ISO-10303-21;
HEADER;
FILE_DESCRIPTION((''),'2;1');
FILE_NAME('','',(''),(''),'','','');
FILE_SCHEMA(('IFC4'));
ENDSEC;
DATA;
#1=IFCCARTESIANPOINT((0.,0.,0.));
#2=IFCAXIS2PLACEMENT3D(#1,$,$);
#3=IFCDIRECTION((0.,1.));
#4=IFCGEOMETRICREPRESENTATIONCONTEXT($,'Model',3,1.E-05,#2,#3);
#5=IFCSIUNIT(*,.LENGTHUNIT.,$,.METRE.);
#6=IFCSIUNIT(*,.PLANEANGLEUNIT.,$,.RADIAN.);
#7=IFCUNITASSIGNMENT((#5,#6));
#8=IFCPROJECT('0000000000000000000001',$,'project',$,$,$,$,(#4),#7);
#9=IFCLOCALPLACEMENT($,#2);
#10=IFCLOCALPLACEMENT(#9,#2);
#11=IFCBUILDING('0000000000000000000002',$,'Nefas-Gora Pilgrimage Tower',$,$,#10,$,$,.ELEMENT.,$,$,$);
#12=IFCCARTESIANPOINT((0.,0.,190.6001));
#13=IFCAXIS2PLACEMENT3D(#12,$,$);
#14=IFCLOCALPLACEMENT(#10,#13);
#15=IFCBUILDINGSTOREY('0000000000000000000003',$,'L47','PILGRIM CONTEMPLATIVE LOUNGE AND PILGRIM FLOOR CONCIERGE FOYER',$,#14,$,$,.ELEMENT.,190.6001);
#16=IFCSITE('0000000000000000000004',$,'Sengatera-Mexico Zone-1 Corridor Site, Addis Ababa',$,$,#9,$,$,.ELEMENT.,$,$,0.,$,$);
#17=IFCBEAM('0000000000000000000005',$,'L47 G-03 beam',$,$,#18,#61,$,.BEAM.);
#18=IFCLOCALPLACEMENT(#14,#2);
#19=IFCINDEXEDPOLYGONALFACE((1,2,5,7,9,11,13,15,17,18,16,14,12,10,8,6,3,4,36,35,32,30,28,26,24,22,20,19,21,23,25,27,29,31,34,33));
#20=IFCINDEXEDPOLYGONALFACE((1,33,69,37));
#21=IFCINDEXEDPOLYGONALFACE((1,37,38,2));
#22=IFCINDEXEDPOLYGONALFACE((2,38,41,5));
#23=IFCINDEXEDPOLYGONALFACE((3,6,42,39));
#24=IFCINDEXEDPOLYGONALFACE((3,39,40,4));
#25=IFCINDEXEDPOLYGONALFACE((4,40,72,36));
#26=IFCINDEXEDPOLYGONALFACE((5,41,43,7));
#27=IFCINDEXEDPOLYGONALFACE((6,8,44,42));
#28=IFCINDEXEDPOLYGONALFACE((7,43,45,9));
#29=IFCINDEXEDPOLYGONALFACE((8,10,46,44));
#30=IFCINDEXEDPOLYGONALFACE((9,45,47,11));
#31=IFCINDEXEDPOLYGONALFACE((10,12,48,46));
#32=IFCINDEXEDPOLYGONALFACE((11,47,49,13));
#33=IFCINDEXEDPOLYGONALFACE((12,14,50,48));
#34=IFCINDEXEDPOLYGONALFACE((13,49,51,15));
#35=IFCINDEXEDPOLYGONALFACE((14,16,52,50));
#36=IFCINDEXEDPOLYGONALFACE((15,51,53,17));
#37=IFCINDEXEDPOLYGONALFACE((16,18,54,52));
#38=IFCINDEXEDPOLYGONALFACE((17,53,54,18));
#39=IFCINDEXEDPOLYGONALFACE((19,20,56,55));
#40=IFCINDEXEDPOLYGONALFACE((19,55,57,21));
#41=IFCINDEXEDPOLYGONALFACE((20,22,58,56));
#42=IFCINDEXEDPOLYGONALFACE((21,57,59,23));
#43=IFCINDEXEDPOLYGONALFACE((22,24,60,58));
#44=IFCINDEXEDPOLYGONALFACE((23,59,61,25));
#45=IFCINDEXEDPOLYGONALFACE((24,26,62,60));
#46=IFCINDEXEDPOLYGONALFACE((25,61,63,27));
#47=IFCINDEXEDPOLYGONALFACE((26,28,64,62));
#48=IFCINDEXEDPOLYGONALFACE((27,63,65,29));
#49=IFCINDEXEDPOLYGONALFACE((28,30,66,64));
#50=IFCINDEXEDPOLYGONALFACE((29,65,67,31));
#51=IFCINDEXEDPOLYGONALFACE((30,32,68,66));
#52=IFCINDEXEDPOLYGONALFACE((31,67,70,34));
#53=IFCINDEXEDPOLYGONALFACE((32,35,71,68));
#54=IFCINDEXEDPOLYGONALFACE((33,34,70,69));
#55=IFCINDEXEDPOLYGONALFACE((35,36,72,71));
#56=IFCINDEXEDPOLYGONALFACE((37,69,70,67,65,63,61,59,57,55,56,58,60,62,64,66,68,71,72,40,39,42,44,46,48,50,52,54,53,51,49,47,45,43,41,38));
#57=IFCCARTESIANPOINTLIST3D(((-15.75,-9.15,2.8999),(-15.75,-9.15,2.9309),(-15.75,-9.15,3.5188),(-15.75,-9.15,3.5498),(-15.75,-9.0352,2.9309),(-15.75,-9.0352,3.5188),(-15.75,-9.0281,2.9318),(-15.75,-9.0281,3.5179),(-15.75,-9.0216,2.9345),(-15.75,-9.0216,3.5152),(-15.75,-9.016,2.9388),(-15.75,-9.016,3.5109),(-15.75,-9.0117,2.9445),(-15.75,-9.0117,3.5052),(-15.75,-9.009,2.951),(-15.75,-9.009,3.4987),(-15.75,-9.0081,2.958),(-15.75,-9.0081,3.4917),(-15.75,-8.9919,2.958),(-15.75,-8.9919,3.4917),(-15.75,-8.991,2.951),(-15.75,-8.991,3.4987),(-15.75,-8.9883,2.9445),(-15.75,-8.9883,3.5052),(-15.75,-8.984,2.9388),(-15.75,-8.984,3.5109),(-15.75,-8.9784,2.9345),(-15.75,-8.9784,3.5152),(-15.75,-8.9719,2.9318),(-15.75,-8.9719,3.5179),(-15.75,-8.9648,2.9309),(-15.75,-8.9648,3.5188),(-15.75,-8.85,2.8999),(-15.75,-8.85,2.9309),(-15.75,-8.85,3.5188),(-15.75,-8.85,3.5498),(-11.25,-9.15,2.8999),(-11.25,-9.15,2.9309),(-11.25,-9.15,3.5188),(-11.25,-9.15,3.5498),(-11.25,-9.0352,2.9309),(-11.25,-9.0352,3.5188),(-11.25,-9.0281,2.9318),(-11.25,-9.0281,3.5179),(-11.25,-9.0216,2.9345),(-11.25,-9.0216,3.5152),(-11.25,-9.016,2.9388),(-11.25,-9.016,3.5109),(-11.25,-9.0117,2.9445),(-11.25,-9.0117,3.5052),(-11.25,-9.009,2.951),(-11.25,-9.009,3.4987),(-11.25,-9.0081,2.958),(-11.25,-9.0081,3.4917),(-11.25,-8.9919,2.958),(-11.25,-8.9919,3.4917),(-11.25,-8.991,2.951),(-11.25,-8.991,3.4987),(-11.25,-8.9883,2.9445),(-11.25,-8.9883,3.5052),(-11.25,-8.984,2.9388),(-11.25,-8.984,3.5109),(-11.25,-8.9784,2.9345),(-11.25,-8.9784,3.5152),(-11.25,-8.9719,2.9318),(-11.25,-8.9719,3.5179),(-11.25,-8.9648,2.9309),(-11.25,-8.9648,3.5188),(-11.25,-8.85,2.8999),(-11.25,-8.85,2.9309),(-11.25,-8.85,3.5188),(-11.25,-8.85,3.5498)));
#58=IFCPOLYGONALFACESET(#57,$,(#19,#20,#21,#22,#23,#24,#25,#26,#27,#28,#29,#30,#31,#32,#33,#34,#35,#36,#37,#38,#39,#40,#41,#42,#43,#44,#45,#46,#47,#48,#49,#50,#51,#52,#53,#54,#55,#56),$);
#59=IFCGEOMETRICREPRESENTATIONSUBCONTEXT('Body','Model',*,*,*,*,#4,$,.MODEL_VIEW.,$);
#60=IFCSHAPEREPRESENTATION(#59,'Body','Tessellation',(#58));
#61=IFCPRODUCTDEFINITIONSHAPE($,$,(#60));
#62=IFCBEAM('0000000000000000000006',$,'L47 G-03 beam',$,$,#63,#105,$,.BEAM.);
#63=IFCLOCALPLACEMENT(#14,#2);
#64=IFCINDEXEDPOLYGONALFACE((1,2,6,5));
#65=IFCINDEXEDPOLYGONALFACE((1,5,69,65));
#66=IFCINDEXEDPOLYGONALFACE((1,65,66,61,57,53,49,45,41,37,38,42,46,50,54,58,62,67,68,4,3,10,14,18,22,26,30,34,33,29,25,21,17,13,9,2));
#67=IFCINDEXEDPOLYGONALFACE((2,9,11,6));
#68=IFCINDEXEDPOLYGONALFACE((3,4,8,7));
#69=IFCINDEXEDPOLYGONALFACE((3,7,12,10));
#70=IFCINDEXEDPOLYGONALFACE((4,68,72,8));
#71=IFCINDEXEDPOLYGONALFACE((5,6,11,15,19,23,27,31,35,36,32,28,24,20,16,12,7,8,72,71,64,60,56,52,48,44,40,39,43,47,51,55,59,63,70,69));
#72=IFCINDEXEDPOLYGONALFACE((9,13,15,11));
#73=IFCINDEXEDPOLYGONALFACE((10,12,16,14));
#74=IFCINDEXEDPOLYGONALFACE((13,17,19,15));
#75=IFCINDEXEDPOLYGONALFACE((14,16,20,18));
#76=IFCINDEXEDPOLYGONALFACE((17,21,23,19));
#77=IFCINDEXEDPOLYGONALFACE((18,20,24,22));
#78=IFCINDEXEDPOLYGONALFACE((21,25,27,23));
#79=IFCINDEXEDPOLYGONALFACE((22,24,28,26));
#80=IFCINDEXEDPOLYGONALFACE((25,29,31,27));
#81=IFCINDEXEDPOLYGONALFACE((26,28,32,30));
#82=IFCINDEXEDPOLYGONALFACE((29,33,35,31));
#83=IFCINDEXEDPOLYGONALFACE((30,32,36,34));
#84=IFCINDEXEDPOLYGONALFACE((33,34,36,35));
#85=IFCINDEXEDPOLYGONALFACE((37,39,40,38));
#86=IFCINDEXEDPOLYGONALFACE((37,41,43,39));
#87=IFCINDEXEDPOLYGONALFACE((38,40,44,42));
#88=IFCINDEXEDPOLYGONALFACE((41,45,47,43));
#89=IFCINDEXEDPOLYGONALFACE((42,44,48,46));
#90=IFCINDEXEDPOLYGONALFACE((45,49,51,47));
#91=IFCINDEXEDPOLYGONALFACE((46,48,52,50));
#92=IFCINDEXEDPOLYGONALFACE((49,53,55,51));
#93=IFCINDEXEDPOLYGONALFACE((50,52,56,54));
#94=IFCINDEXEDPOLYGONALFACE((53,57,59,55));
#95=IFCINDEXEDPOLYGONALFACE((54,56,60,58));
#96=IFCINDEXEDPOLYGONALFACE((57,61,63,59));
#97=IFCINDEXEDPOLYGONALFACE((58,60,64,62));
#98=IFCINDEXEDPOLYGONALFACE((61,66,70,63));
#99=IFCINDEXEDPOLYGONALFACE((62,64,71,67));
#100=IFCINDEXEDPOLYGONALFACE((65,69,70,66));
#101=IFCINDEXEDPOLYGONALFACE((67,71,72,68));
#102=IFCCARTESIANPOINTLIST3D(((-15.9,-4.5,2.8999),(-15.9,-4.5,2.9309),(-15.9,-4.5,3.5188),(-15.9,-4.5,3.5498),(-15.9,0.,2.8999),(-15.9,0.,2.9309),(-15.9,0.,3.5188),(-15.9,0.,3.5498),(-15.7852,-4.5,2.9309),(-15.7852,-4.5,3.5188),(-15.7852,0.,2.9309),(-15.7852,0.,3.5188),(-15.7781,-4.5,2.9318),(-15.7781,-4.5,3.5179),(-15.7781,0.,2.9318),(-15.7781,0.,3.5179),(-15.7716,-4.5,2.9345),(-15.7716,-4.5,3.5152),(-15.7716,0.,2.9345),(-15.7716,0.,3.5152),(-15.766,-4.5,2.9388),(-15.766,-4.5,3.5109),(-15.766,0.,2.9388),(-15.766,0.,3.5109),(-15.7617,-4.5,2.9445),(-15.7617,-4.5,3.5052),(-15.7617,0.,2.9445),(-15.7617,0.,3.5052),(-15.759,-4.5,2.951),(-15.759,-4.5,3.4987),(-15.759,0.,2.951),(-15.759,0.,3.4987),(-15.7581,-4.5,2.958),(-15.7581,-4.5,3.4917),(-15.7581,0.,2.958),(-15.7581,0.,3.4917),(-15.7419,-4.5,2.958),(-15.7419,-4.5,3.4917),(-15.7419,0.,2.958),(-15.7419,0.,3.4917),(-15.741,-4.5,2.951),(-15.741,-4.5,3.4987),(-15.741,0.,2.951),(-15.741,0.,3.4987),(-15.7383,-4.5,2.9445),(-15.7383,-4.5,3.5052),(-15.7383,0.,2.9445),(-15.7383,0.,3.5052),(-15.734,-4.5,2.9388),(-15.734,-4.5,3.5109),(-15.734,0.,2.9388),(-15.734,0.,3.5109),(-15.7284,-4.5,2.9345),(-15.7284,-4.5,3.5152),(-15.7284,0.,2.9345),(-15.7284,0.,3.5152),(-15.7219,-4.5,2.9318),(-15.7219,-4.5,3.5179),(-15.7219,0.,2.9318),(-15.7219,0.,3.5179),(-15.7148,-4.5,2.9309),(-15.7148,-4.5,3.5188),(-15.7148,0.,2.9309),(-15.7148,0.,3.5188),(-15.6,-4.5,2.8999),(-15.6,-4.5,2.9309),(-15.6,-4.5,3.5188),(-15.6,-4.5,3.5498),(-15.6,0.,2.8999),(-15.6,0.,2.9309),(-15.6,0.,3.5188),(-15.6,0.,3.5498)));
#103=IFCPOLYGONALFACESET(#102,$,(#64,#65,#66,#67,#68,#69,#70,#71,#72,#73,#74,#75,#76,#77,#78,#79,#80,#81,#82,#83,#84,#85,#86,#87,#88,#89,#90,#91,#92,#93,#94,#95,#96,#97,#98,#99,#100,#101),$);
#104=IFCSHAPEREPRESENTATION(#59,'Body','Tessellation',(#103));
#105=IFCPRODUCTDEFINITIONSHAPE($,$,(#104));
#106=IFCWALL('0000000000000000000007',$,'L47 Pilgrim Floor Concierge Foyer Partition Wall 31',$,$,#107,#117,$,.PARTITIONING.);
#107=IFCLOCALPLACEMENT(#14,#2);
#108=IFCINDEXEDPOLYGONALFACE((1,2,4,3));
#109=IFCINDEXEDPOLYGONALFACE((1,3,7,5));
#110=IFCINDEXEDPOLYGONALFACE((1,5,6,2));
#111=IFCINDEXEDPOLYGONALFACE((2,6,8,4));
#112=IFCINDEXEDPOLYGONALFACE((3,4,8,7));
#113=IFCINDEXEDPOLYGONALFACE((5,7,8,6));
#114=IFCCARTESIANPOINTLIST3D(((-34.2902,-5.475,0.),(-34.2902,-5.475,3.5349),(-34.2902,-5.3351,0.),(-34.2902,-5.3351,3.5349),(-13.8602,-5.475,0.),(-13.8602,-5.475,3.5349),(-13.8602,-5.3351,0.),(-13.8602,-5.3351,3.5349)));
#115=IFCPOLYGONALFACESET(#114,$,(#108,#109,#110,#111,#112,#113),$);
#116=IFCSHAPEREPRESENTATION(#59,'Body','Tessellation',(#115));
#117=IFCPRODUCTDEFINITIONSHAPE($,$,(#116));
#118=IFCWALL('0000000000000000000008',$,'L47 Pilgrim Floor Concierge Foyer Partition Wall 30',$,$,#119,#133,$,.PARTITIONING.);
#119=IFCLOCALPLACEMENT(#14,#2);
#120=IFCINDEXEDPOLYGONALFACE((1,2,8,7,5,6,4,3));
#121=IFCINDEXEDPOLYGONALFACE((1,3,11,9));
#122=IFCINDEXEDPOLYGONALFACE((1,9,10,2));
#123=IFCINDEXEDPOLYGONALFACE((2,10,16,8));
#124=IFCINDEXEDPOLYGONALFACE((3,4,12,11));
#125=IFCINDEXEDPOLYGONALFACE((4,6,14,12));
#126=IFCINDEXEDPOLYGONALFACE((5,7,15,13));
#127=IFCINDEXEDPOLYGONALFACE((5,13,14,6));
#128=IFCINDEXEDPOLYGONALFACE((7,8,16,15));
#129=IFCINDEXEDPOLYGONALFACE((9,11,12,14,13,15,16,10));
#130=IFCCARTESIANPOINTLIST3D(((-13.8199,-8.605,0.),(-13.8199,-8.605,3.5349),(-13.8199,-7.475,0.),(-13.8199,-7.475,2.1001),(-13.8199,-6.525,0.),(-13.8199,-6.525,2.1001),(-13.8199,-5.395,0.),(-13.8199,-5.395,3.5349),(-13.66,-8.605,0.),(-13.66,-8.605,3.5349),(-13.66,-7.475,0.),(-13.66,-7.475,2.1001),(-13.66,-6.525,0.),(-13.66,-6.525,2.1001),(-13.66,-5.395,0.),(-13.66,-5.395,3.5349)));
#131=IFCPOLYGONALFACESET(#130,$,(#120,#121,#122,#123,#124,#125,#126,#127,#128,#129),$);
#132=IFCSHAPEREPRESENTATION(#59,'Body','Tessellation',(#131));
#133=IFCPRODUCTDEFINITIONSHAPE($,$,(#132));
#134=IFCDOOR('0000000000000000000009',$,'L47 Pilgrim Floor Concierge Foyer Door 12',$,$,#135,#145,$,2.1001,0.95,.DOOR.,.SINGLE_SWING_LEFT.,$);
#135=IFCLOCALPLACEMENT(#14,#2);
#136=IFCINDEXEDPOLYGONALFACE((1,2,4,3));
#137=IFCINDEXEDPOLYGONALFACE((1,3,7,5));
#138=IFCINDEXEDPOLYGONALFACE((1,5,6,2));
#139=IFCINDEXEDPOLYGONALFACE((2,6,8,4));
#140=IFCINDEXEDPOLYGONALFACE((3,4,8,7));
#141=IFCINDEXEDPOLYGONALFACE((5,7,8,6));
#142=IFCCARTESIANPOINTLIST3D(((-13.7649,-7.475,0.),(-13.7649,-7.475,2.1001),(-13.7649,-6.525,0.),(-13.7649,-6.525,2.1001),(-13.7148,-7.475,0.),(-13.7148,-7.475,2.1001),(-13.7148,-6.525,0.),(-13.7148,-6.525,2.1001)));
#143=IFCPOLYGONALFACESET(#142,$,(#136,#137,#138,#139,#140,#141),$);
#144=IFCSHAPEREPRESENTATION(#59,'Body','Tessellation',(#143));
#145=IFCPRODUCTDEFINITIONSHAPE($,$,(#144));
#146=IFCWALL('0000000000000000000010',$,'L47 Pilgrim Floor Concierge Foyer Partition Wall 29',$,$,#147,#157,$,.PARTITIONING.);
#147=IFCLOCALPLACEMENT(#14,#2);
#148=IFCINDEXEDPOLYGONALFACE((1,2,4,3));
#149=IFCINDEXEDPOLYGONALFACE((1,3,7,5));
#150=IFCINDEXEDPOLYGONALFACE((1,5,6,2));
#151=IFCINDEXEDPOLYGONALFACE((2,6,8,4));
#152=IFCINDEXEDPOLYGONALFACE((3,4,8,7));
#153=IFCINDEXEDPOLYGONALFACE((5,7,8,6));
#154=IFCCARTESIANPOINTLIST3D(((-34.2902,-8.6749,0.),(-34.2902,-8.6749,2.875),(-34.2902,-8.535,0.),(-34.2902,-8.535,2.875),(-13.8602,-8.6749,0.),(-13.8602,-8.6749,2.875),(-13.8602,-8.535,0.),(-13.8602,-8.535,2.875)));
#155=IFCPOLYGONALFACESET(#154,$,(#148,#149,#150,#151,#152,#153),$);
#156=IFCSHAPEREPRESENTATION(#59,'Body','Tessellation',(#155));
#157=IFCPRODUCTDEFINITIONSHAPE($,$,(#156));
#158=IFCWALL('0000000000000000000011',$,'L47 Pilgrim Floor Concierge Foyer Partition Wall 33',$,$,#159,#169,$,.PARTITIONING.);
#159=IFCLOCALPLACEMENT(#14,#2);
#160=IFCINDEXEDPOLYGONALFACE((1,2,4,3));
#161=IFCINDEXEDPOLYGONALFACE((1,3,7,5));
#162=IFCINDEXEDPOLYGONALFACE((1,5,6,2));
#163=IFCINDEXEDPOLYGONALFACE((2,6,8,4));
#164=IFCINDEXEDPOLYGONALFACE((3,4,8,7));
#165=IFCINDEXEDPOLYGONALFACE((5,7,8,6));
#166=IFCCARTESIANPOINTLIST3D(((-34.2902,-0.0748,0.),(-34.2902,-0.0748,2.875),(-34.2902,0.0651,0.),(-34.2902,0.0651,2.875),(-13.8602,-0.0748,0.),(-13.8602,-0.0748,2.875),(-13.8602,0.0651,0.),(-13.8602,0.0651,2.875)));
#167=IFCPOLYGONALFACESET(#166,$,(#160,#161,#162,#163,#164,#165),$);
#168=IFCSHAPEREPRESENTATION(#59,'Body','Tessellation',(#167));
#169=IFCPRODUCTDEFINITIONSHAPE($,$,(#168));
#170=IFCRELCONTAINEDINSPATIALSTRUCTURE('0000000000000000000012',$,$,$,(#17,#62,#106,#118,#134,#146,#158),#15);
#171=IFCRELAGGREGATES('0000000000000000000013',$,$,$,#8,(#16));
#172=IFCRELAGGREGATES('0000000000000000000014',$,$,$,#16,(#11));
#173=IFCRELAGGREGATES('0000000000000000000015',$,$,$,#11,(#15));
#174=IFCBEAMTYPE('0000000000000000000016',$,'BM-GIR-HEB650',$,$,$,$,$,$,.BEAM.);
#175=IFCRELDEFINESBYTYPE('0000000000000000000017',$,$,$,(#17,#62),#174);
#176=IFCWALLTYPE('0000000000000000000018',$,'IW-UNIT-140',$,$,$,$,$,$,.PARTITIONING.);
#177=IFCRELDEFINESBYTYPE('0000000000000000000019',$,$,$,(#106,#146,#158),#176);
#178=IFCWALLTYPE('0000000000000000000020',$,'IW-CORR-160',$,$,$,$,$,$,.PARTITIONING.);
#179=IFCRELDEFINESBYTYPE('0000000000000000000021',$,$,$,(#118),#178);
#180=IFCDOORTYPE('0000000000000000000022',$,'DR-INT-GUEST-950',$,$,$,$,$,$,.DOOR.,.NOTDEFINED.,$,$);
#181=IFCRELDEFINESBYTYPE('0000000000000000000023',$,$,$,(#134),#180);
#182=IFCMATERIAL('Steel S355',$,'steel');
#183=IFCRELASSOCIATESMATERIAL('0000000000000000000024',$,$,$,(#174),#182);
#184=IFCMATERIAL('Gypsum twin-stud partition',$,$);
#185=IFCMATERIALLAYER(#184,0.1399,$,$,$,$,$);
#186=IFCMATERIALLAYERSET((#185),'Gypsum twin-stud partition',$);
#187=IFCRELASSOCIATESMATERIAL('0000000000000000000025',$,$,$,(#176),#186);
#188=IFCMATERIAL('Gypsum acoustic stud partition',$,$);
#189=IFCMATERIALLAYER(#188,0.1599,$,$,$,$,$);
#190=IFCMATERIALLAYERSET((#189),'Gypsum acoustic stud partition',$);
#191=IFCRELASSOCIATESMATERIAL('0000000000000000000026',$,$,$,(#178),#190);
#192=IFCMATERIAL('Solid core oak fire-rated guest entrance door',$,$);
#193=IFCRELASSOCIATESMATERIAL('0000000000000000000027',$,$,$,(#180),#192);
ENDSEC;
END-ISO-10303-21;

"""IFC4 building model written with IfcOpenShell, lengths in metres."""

from ifc_helpers import new_model, si_unit, direction, frame, frame_2d, origin, origin_2d, place, context, subcontext, project, spatial, rectangle, i_section, extrude, source, transform, mapped, material, layer, layer_set, material_profile, profile_set, type_object, element, fill, save


model = new_model("IFC4")

# Units and contexts
model_context = context("Model", 3, precision=1e-05, world=origin(), true_north=direction((0.0, 1.0)))
body_context = subcontext(model_context, "Body", "Model", "MODEL_VIEW")
ifc_project = project(units=[si_unit("LENGTHUNIT", "METRE"), si_unit("PLANEANGLEUNIT", "RADIAN")], contexts=[model_context])

# Site, building, storey
site_placement = place(None, origin())
site = spatial("IfcSite", under=ifc_project, at=site_placement, Name="Sengatera-Mexico Zone-1 Corridor Site, Addis Ababa", CompositionType="ELEMENT", RefElevation=0.0)
building_placement = place(site_placement, origin())
building = spatial("IfcBuilding", under=site, at=building_placement, Name="Nefas-Gora Pilgrimage Tower", CompositionType="ELEMENT")
storey_placement = place(building_placement, frame((0.0, 0.0, 190.6001)))
storey = spatial("IfcBuildingStorey", under=building, at=storey_placement, Name="L47", Description="PILGRIM CONTEMPLATIVE LOUNGE AND PILGRIM FLOOR CONCIERGE FOYER", CompositionType="ELEMENT", Elevation=190.6001)

# Beams
ifc_material_1 = material(Name="Steel S355", Category="steel")
ifc_material_profile_1 = material_profile(ifc_material_1, i_section(OverallWidth=0.3, OverallDepth=0.6499, WebThickness=0.0161, FlangeThickness=0.031, FilletRadius=0.0271, at=origin_2d()), Name="HEB 650")
ifc_profile_set_1 = profile_set([ifc_material_profile_1], Name="Steel S355")
beam_type_1 = type_object("IfcBeamType", Name="BM-GIR-HEB650", PredefinedType="BEAM", material=ifc_profile_set_1)
shared_shape_1 = source(origin(), body_context, "Body", "SweptSolid", [
    extrude(i_section(OverallWidth=0.3, OverallDepth=0.6499, WebThickness=0.0161, FlangeThickness=0.031, FilletRadius=0.0271, at=origin_2d()), origin(), (0.0, 0.0, 1.0), 4.5),
])
for number, where, z_axis, x_axis, name in (
    (1, (-15.75, -9.0, 3.2249), (1.0, 0.0, 0.0), (0.0, 1.0, 0.0), "L47 G-03 beam"),
    (2, (-15.75, -4.5, 3.2249), (0.0, 1.0, 0.0), (-1.0, 0.0, 0.0), "L47 G-03 beam"),
):
    element("IfcBeam", number, at=place(storey_placement, frame(where, z_axis=z_axis, x_axis=x_axis)), inside=storey, type_object=beam_type_1, Name=name, PredefinedType="BEAM", context=body_context, shape_type="MappedRepresentation", body=[
        mapped(shared_shape_1, transform((0.0, 0.0, 0.0), x_axis=(1.0, 0.0, 0.0), y_axis=(0.0, 1.0, 0.0), z_axis=(0.0, 0.0, 1.0), scale=1.0)),
    ])

# Wall
ifc_material_2 = material(Name="Gypsum twin-stud partition")
ifc_layer_1 = layer(ifc_material_2, 0.1399)
ifc_layer_set_1 = layer_set([ifc_layer_1], Name="Gypsum twin-stud partition")
wall_type_1 = type_object("IfcWallType", Name="IW-UNIT-140", PredefinedType="PARTITIONING", material=ifc_layer_set_1)
shared_shape_2 = source(origin(), body_context, "Body", "SweptSolid", [
    extrude(rectangle(XDim=20.4299, YDim=0.1399, at=frame_2d((10.2148, 0.0))), origin(), (0.0, 0.0, 1.0), 3.5349),
])
wall_1_placement = place(storey_placement, frame((-34.29, -5.405, 0.0), z_axis=(0.0, 0.0, 1.0), x_axis=(1.0, 0.0, 0.0)))
element("IfcWall", 3, at=wall_1_placement, inside=storey, type_object=wall_type_1, Name="L47 Pilgrim Floor Concierge Foyer Partition Wall 31", PredefinedType="PARTITIONING", context=body_context, shape_type="MappedRepresentation", body=[
    mapped(shared_shape_2, transform((0.0, 0.0, 0.0), x_axis=(1.0, 0.0, 0.0), y_axis=(0.0, 1.0, 0.0), z_axis=(0.0, 0.0, 1.0), scale=1.0)),
])

# Wall, opening, door
ifc_material_3 = material(Name="Gypsum acoustic stud partition")
ifc_layer_2 = layer(ifc_material_3, 0.1599)
ifc_layer_set_2 = layer_set([ifc_layer_2], Name="Gypsum acoustic stud partition")
wall_type_2 = type_object("IfcWallType", Name="IW-CORR-160", PredefinedType="PARTITIONING", material=ifc_layer_set_2)
shared_shape_3 = source(origin(), body_context, "Body", "SweptSolid", [
    extrude(rectangle(XDim=3.21, YDim=0.1599, at=frame_2d((1.605, 0.0))), origin(), (0.0, 0.0, 1.0), 3.5349),
])
wall_2_placement = place(storey_placement, frame((-13.74, -8.605, 0.0), z_axis=(0.0, 0.0, 1.0), x_axis=(0.0, 1.0, 0.0)))
wall_2 = element("IfcWall", 4, at=wall_2_placement, inside=storey, type_object=wall_type_2, Name="L47 Pilgrim Floor Concierge Foyer Partition Wall 30", PredefinedType="PARTITIONING", context=body_context, shape_type="MappedRepresentation", body=[
    mapped(shared_shape_3, transform((0.0, 0.0, 0.0), x_axis=(1.0, 0.0, 0.0), y_axis=(0.0, 1.0, 0.0), z_axis=(0.0, 0.0, 1.0), scale=1.0)),
])
opening_1_placement = place(wall_2_placement, frame((1.1299, 0.0, 0.0)))
opening_1 = element("IfcOpeningElement", 5, at=opening_1_placement, cuts=wall_2, PredefinedType="OPENING", context=body_context, shape_type="SweptSolid", body=[
    extrude(rectangle(XDim=0.95, YDim=2.1001, at=frame_2d((0.4751, 1.05))), frame((0.0, 0.0898, 0.0), z_axis=(0.0, -1.0, 0.0), x_axis=(1.0, 0.0, 0.0)), (0.0, 0.0, 1.0), 0.1799),
])
ifc_material_4 = material(Name="Solid core oak fire-rated guest entrance door")
door_type = type_object("IfcDoorType", Name="DR-INT-GUEST-950", OperationType="NOTDEFINED", PredefinedType="DOOR", material=ifc_material_4)
shared_shape_4 = source(origin(), body_context, "Body", "SweptSolid", [
    extrude(rectangle(XDim=0.95, YDim=2.1001, at=frame_2d((0.4751, 1.05))), frame((0.0, 0.0249, 0.0), z_axis=(0.0, -1.0, 0.0), x_axis=(1.0, 0.0, 0.0)), (0.0, 0.0, 1.0), 0.05),
])
door_1_placement = place(opening_1_placement, origin())
door_1 = element("IfcDoor", 6, at=door_1_placement, inside=storey, type_object=door_type, Name="L47 Pilgrim Floor Concierge Foyer Door 12", OperationType="SINGLE_SWING_LEFT", OverallHeight=2.1001, OverallWidth=0.95, PredefinedType="DOOR", context=body_context, shape_type="MappedRepresentation", body=[
    mapped(shared_shape_4, transform((0.0, 0.0, 0.0), x_axis=(1.0, 0.0, 0.0), y_axis=(0.0, 1.0, 0.0), z_axis=(0.0, 0.0, 1.0), scale=1.0)),
])
fill(opening_1, door_1)

# Walls
shared_shape_5 = source(origin(), body_context, "Body", "SweptSolid", [
    extrude(rectangle(XDim=20.4299, YDim=0.1399, at=frame_2d((10.2148, 0.0))), origin(), (0.0, 0.0, 1.0), 2.875),
])
for number, where, z_axis, x_axis, name in (
    (7, (-34.29, -8.605, 0.0), (0.0, 0.0, 1.0), (1.0, 0.0, 0.0), "L47 Pilgrim Floor Concierge Foyer Partition Wall 29"),
    (8, (-34.29, -0.0049, 0.0), (0.0, 0.0, 1.0), (1.0, 0.0, 0.0), "L47 Pilgrim Floor Concierge Foyer Partition Wall 33"),
):
    element("IfcWall", number, at=place(storey_placement, frame(where, z_axis=z_axis, x_axis=x_axis)), inside=storey, type_object=wall_type_1, Name=name, PredefinedType="PARTITIONING", context=body_context, shape_type="MappedRepresentation", body=[
        mapped(shared_shape_5, transform((0.0, 0.0, 0.0), x_axis=(1.0, 0.0, 0.0), y_axis=(0.0, 1.0, 0.0), z_axis=(0.0, 0.0, 1.0), scale=1.0)),
    ])

save(model, "model.ifc")
